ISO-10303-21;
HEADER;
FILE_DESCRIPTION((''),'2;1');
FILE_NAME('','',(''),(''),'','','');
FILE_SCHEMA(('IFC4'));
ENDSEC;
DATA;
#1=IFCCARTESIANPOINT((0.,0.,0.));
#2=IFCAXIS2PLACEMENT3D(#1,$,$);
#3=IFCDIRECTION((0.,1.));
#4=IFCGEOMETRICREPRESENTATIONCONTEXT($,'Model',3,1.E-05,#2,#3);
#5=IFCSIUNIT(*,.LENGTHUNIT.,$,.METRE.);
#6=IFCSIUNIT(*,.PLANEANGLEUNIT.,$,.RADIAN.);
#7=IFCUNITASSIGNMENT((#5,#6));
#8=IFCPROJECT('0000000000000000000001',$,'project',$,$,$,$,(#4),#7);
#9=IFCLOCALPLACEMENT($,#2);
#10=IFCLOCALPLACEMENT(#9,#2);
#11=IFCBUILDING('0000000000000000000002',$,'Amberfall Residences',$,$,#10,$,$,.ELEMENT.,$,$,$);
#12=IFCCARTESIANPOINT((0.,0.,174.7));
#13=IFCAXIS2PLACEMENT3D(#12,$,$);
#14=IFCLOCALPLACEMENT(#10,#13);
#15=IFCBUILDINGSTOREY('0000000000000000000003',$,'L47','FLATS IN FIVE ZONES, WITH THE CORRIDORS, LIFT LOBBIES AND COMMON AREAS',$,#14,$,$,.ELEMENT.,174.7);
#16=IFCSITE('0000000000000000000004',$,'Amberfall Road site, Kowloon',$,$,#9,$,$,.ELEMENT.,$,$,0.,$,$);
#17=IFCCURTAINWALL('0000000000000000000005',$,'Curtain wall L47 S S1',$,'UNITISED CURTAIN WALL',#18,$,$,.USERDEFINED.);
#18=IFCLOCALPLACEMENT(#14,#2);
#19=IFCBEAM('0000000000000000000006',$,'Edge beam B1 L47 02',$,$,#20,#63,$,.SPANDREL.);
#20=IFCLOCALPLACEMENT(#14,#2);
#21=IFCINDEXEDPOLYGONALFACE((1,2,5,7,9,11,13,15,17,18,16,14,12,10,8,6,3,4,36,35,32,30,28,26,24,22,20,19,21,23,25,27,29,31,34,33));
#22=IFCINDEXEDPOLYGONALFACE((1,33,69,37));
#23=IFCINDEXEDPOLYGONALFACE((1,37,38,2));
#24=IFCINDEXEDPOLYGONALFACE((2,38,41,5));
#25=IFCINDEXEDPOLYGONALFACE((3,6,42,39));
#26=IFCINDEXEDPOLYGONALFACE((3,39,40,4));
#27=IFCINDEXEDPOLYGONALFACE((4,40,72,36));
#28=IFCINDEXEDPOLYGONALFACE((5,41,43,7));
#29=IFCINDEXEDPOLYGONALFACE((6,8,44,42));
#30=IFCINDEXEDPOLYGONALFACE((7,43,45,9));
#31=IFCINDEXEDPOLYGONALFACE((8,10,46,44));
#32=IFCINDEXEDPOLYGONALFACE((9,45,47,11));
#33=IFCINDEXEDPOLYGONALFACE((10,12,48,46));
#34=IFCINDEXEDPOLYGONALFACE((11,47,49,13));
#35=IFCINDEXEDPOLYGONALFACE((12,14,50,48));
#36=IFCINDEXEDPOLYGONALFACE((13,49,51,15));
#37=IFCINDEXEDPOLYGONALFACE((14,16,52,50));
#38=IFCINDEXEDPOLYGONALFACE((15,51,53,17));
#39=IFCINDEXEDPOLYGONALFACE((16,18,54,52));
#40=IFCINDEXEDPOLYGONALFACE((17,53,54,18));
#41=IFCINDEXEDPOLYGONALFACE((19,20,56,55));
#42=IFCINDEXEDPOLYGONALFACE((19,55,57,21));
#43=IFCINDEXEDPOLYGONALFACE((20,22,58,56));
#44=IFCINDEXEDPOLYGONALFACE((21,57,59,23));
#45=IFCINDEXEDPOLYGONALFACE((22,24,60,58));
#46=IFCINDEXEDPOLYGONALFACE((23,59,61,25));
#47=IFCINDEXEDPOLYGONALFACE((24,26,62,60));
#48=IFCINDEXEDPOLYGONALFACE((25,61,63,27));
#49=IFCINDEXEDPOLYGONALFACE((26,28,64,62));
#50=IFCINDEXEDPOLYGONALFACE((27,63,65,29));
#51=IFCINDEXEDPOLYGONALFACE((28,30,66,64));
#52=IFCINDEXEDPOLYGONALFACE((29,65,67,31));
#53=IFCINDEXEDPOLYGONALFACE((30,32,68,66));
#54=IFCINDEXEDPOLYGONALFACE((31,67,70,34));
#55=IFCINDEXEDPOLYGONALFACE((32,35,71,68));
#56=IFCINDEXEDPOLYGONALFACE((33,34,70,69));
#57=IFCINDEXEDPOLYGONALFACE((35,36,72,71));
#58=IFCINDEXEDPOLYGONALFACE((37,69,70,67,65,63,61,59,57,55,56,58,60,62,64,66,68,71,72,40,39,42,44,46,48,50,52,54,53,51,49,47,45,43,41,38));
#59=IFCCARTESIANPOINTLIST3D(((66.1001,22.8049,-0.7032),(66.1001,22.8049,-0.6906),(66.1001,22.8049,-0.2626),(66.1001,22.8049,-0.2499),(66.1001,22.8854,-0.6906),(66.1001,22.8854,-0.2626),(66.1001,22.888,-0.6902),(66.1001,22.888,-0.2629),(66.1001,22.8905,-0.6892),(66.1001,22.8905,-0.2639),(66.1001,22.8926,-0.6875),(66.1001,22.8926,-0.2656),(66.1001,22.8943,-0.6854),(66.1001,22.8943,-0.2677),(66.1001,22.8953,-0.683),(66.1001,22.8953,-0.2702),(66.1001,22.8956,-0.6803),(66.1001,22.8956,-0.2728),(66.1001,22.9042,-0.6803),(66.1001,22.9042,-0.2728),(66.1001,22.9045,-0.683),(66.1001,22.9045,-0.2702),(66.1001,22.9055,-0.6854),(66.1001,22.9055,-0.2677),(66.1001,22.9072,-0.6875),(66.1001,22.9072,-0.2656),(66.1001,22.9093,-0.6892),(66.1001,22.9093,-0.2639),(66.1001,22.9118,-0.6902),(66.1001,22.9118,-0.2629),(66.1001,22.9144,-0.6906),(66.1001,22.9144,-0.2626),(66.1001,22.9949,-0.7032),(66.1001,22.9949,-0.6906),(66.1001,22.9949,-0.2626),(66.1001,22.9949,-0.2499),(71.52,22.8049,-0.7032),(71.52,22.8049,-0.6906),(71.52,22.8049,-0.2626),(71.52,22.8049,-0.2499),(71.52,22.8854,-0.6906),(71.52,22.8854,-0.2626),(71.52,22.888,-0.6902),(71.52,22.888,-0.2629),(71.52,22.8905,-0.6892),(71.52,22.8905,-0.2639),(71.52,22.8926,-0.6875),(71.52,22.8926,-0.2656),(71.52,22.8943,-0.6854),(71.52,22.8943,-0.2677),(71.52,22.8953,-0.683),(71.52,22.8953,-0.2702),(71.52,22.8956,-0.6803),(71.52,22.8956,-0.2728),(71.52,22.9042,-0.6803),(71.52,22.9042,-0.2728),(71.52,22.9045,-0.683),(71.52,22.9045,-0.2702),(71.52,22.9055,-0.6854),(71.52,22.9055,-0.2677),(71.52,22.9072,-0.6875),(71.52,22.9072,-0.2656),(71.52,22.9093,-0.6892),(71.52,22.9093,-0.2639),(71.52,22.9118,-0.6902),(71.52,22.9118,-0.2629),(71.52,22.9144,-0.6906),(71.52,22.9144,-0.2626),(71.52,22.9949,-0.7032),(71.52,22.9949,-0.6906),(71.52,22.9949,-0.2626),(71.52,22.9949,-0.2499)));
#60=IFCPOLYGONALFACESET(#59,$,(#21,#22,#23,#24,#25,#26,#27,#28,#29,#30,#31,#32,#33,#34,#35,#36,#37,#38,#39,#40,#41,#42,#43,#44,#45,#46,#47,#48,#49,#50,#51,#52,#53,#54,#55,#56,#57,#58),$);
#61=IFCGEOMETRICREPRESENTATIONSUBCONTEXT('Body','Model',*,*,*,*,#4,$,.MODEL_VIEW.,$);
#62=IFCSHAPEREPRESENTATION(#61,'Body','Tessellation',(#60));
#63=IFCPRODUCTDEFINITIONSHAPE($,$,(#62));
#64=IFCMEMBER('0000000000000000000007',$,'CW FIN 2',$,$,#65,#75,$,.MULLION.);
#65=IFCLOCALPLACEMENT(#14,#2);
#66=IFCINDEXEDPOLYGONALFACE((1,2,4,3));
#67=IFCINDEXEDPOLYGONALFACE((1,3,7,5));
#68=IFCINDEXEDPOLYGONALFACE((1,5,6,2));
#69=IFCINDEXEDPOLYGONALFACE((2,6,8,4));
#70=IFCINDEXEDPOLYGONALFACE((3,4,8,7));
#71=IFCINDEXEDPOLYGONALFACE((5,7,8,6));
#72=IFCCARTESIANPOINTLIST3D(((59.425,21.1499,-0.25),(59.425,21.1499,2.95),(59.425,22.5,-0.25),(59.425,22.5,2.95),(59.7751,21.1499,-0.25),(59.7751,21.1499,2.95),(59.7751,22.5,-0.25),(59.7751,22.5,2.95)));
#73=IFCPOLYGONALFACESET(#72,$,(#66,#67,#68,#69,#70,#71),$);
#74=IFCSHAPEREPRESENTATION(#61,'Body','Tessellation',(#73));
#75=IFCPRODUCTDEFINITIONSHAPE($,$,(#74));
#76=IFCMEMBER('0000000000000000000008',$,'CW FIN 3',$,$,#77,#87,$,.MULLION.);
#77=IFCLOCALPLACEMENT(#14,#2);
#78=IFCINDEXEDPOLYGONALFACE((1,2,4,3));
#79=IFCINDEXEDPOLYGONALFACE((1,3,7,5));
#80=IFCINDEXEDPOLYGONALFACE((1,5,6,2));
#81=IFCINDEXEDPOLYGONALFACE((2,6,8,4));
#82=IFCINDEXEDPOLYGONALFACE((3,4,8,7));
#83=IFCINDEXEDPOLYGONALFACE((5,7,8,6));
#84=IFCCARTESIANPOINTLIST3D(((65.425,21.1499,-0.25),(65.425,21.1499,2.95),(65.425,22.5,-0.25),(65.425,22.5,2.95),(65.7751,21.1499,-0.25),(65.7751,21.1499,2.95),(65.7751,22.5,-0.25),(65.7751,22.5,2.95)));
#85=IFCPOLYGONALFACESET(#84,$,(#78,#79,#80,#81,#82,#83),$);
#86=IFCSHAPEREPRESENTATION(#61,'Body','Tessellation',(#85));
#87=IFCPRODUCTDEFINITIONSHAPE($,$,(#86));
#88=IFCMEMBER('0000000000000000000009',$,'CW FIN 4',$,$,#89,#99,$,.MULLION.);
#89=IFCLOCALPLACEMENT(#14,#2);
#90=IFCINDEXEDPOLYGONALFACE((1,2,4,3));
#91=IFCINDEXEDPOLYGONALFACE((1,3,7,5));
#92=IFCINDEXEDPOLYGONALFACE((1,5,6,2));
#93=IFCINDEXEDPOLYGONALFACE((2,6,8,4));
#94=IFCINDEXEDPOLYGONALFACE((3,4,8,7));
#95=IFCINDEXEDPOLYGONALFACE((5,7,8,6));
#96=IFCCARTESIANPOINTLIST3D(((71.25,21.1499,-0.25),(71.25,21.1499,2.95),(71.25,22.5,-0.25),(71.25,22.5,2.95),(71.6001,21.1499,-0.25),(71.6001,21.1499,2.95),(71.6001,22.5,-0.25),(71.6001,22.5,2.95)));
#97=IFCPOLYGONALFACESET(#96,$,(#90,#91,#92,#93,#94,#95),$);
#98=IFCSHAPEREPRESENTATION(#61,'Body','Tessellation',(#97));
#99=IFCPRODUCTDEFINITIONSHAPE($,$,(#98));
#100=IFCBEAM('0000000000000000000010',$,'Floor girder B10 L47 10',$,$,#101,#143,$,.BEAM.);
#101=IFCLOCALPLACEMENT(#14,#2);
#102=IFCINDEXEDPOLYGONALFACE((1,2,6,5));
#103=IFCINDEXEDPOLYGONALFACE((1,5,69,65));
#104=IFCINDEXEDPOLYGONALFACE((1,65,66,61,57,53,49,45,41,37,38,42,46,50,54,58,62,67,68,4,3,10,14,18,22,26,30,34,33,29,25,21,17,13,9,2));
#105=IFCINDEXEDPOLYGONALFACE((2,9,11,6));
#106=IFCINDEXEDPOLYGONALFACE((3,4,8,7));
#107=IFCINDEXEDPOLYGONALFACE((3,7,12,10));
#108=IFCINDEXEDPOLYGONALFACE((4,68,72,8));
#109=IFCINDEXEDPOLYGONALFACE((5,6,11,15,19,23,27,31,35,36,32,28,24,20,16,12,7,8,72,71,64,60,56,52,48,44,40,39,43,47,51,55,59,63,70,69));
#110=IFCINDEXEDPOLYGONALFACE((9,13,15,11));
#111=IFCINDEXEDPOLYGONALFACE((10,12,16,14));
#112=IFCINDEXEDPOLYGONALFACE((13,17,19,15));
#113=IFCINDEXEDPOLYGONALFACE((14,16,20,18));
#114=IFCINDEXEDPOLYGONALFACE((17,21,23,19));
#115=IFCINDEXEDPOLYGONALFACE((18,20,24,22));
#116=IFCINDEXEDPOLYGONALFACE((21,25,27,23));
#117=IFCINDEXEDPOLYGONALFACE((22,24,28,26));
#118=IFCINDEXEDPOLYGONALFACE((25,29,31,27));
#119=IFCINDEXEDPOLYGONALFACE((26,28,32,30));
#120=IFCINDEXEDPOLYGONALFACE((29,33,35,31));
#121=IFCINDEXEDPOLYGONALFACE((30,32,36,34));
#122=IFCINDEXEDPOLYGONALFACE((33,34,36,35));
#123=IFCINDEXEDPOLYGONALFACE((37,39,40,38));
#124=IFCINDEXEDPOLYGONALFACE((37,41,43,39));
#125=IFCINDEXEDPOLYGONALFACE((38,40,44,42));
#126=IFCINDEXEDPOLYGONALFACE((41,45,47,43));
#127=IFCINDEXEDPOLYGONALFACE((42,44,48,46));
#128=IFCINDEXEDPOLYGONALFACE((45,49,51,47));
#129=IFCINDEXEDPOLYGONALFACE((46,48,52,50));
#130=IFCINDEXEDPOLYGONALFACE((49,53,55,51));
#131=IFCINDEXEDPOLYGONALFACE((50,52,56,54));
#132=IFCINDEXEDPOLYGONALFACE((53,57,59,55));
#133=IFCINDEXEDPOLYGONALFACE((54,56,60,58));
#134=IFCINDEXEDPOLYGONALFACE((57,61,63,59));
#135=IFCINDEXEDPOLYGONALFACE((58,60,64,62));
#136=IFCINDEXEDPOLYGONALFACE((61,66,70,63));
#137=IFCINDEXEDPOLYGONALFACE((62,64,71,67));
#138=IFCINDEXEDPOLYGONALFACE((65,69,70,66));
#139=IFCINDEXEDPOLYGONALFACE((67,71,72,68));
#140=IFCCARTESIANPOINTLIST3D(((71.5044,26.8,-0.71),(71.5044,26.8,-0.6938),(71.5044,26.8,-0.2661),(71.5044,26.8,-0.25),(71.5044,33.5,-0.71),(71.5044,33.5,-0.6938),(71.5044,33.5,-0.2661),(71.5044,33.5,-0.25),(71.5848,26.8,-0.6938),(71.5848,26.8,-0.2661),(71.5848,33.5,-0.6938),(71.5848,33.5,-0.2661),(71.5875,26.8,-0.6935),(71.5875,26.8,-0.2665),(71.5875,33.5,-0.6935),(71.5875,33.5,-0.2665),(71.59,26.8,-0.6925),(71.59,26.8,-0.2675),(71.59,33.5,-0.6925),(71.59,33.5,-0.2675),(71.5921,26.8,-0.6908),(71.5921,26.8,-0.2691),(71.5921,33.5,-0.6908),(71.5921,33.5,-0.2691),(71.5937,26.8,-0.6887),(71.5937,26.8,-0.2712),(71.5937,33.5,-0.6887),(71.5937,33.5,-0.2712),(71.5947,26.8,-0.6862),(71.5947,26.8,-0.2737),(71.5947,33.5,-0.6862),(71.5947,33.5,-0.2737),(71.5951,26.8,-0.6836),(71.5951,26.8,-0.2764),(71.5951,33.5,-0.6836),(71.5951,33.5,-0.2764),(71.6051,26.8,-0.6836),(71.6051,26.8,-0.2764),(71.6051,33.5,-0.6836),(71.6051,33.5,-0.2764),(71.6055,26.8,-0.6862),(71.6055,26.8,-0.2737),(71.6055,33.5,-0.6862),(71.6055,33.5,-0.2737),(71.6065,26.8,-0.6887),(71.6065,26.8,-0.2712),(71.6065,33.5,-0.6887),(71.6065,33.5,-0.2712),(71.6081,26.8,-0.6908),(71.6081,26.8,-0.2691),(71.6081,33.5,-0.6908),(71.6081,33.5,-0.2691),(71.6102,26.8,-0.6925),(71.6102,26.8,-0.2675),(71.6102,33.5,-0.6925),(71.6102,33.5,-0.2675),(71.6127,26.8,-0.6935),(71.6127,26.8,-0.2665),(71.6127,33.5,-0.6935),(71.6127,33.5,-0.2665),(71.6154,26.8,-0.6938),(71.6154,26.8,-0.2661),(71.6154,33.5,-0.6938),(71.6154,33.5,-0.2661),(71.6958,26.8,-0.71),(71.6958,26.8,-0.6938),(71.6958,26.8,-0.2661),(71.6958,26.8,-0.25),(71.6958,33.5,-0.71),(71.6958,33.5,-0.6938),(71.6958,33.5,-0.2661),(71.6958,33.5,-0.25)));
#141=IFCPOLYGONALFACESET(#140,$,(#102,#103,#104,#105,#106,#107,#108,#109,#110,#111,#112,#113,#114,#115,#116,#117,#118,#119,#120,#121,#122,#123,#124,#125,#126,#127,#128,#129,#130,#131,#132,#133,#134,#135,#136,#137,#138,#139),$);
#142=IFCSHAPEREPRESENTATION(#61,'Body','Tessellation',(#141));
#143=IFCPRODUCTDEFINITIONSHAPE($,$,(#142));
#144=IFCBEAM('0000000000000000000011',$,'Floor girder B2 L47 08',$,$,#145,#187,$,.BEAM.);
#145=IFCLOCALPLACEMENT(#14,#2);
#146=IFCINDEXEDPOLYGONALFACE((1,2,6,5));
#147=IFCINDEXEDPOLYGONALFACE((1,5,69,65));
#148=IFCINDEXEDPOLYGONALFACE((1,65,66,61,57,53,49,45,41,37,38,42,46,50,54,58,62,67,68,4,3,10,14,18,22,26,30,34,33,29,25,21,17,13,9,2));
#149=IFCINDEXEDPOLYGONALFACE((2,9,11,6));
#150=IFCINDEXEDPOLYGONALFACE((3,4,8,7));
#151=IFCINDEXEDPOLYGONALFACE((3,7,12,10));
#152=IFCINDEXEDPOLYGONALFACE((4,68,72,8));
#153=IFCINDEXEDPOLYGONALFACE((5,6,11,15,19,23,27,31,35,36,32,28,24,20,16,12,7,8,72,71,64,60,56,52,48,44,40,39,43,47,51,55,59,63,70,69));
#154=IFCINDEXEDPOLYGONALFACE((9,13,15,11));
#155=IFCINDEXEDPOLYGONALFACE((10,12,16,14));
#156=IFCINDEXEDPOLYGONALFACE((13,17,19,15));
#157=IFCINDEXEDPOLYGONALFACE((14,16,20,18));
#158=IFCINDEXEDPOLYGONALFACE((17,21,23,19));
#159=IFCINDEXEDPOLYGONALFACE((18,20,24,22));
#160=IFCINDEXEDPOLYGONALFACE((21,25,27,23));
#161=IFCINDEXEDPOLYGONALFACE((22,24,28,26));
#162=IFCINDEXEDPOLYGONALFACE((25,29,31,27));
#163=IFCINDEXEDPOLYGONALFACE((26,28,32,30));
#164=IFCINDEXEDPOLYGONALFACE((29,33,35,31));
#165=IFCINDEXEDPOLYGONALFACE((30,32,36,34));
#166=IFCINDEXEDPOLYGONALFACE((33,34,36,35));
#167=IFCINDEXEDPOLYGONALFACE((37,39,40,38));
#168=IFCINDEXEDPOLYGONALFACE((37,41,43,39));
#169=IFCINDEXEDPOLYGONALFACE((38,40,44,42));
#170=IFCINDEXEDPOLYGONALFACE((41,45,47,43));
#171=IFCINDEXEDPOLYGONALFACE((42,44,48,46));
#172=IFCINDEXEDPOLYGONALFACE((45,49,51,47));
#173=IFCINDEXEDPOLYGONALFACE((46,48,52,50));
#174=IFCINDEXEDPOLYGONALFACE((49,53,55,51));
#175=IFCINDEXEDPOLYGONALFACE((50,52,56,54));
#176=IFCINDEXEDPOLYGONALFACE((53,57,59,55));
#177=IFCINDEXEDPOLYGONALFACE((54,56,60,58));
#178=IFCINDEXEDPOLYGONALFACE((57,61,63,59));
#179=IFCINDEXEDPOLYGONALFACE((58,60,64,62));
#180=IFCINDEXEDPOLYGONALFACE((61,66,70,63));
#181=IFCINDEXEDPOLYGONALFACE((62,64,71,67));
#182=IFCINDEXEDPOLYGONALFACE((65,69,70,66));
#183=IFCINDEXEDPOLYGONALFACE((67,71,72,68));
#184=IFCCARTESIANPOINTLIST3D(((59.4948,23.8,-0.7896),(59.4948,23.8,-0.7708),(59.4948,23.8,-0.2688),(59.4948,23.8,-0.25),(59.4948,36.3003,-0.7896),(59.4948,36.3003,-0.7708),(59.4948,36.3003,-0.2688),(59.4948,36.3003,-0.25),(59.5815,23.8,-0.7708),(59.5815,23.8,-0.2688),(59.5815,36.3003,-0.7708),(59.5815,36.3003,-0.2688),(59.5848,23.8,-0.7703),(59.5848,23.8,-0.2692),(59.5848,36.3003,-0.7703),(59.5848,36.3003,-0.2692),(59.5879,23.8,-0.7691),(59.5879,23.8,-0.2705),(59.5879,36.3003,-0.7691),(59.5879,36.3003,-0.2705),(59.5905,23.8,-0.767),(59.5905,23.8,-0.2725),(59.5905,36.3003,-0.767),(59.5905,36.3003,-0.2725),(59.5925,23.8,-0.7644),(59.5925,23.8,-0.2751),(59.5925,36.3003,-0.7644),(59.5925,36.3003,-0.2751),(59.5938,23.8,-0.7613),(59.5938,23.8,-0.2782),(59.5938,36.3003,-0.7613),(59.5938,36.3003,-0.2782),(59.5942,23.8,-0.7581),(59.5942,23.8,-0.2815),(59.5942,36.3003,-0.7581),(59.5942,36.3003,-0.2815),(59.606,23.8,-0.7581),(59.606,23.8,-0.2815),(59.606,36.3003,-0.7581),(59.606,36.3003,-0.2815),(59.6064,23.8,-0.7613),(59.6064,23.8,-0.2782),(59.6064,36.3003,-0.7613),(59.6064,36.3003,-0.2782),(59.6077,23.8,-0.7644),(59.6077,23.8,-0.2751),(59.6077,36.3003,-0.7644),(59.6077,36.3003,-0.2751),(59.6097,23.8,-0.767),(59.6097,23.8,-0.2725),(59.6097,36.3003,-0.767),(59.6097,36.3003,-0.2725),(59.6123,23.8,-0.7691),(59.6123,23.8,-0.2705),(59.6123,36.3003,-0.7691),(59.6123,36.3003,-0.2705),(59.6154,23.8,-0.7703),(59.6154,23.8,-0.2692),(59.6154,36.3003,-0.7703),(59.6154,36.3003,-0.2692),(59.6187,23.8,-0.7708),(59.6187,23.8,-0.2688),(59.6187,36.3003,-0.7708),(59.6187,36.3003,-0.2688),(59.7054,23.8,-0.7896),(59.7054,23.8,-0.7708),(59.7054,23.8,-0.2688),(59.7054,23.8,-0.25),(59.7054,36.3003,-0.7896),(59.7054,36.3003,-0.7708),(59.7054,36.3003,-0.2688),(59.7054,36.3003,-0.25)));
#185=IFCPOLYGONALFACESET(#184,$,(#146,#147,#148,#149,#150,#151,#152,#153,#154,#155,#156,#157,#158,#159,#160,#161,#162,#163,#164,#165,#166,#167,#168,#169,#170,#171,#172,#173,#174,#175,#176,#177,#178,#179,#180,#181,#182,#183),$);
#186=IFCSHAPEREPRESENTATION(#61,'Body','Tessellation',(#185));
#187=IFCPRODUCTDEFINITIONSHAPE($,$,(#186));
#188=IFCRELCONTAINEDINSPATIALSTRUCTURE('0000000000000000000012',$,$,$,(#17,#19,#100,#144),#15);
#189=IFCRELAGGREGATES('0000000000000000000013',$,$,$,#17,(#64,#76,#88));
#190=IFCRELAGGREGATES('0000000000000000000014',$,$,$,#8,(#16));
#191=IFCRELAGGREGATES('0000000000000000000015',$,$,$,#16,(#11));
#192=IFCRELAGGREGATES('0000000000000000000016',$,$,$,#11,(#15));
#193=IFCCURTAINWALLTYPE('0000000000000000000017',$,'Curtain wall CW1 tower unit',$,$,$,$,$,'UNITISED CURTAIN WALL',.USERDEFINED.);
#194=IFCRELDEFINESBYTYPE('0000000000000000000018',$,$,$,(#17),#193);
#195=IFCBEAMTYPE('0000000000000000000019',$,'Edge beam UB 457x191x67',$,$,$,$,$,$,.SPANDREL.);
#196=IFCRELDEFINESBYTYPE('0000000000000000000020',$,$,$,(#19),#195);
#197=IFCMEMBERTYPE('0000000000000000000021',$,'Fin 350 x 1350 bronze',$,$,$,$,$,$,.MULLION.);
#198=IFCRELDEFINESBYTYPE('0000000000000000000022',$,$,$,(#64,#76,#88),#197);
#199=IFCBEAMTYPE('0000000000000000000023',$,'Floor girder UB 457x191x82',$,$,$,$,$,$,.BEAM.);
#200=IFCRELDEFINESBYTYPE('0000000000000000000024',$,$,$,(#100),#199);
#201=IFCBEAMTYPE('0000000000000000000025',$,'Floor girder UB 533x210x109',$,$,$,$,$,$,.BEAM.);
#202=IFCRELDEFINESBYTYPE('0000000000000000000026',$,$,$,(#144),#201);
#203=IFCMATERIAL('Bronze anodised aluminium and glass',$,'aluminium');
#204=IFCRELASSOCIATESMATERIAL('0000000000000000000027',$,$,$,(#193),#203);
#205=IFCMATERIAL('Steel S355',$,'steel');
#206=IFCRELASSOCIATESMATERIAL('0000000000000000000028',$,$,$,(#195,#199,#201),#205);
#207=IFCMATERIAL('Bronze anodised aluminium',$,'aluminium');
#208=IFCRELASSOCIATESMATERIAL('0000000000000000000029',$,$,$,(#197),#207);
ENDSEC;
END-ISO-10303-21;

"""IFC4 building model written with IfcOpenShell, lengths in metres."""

from ifc_helpers import new_model, si_unit, direction, frame, origin, origin_2d, place, context, subcontext, project, spatial, rectangle, i_section, extrude, material, material_profile, profile_set, type_object, element, aggregate, save


model = new_model("IFC4")

# Units and contexts
model_context = context("Model", 3, precision=1e-05, world=origin(), true_north=direction((0.0, 1.0)))
body_context = subcontext(model_context, "Body", "Model", "MODEL_VIEW")
ifc_project = project(units=[si_unit("LENGTHUNIT", "METRE"), si_unit("PLANEANGLEUNIT", "RADIAN")], contexts=[model_context])

# Site, building, storey
site_placement = place(None, origin())
site = spatial("IfcSite", under=ifc_project, at=site_placement, Name="Amberfall Road site, Kowloon", CompositionType="ELEMENT", RefElevation=0.0)
building_placement = place(site_placement, origin())
building = spatial("IfcBuilding", under=site, at=building_placement, Name="Amberfall Residences", CompositionType="ELEMENT")
storey_placement = place(building_placement, frame((0.0, 0.0, 174.7)))
storey = spatial("IfcBuildingStorey", under=building, at=storey_placement, Name="L47", Description="FLATS IN FIVE ZONES, WITH THE CORRIDORS, LIFT LOBBIES AND COMMON AREAS", CompositionType="ELEMENT", Elevation=174.7)

# Curtain wall
ifc_material_1 = material(Name="Bronze anodised aluminium and glass", Category="aluminium")
curtain_wall_type = type_object("IfcCurtainWallType", Name="Curtain wall CW1 tower unit", ElementType="UNITISED CURTAIN WALL", PredefinedType="USERDEFINED", material=ifc_material_1)
curtain_wall_placement = place(storey_placement, origin())
curtain_wall = element("IfcCurtainWall", 1, at=curtain_wall_placement, inside=storey, type_object=curtain_wall_type, Name="Curtain wall L47 S S1", ObjectType="UNITISED CURTAIN WALL", PredefinedType="USERDEFINED")
ifc_material_2 = material(Name="Bronze anodised aluminium", Category="aluminium")

# Beam
ifc_material_3 = material(Name="Steel S355", Category="steel")
ifc_material_profile_1 = material_profile(ifc_material_3, i_section(OverallWidth=0.1899, OverallDepth=0.4534, WebThickness=0.0085, FlangeThickness=0.0127, FilletRadius=0.0103, at=origin_2d()), Name="UB 457x191x67")
ifc_profile_set_1 = profile_set([ifc_material_profile_1], Name="Steel S355")
beam_type_1 = type_object("IfcBeamType", Name="Edge beam UB 457x191x67", PredefinedType="SPANDREL", material=ifc_profile_set_1)
beam_1_placement = place(storey_placement, frame((66.1001, 22.8999, -0.4766), z_axis=(1.0, 0.0, 0.0), x_axis=(0.0, 1.0, 0.0)))
element("IfcBeam", 2, at=beam_1_placement, inside=storey, type_object=beam_type_1, Name="Edge beam B1 L47 02", PredefinedType="SPANDREL", context=body_context, shape_type="SweptSolid", body=[
    extrude(i_section(OverallWidth=0.1899, OverallDepth=0.4534, WebThickness=0.0085, FlangeThickness=0.0127, FilletRadius=0.0103, at=origin_2d()), origin(), (0.0, 0.0, 1.0), 5.4199),
])

# Members
ifc_material_profile_2 = material_profile(ifc_material_2, rectangle(XDim=1.3501, YDim=0.3501, at=origin_2d()), Name="Fin 350 x 1350 bronze")
ifc_profile_set_2 = profile_set([ifc_material_profile_2], Name="Bronze anodised aluminium")
member_type_1 = type_object("IfcMemberType", Name="Fin 350 x 1350 bronze", PredefinedType="MULLION", material=ifc_profile_set_2)
member_1_placement = place(storey_placement, frame((59.6001, 21.825, -0.25), z_axis=(0.0, 0.0, 1.0), x_axis=(0.0, 1.0, 0.0)))
member_1 = element("IfcMember", 3, at=member_1_placement, type_object=member_type_1, Name="CW FIN 2", PredefinedType="MULLION", context=body_context, shape_type="SweptSolid", body=[
    extrude(rectangle(XDim=1.3501, YDim=0.3501, at=origin_2d()), origin(), (0.0, 0.0, 1.0), 3.2),
])
member_2_placement = place(storey_placement, frame((65.6001, 21.825, -0.25), z_axis=(0.0, 0.0, 1.0), x_axis=(0.0, 1.0, 0.0)))
member_2 = element("IfcMember", 4, at=member_2_placement, type_object=member_type_1, Name="CW FIN 3", PredefinedType="MULLION", context=body_context, shape_type="SweptSolid", body=[
    extrude(rectangle(XDim=1.3501, YDim=0.3501, at=origin_2d()), origin(), (0.0, 0.0, 1.0), 3.2),
])
member_3_placement = place(storey_placement, frame((71.425, 21.825, -0.25), z_axis=(0.0, 0.0, 1.0), x_axis=(0.0, 1.0, 0.0)))
member_3 = element("IfcMember", 5, at=member_3_placement, type_object=member_type_1, Name="CW FIN 4", PredefinedType="MULLION", context=body_context, shape_type="SweptSolid", body=[
    extrude(rectangle(XDim=1.3501, YDim=0.3501, at=origin_2d()), origin(), (0.0, 0.0, 1.0), 3.2),
])

# Beams
ifc_material_profile_3 = material_profile(ifc_material_3, i_section(OverallWidth=0.1914, OverallDepth=0.46, WebThickness=0.01, FlangeThickness=0.0161, FilletRadius=0.0103, at=origin_2d()), Name="UB 457x191x82")
ifc_profile_set_3 = profile_set([ifc_material_profile_3], Name="Steel S355")
beam_type_2 = type_object("IfcBeamType", Name="Floor girder UB 457x191x82", PredefinedType="BEAM", material=ifc_profile_set_3)
beam_2_placement = place(storey_placement, frame((71.6001, 26.8, -0.48), z_axis=(0.0, 1.0, 0.0), x_axis=(-1.0, 0.0, 0.0)))
element("IfcBeam", 6, at=beam_2_placement, inside=storey, type_object=beam_type_2, Name="Floor girder B10 L47 10", PredefinedType="BEAM", context=body_context, shape_type="SweptSolid", body=[
    extrude(i_section(OverallWidth=0.1914, OverallDepth=0.46, WebThickness=0.01, FlangeThickness=0.0161, FilletRadius=0.0103, at=origin_2d()), origin(), (0.0, 0.0, 1.0), 6.7),
])
ifc_material_profile_4 = material_profile(ifc_material_3, i_section(OverallWidth=0.2107, OverallDepth=0.5396, WebThickness=0.0117, FlangeThickness=0.0188, FilletRadius=0.0127, at=origin_2d()), Name="UB 533x210x109")
ifc_profile_set_4 = profile_set([ifc_material_profile_4], Name="Steel S355")
beam_type_3 = type_object("IfcBeamType", Name="Floor girder UB 533x210x109", PredefinedType="BEAM", material=ifc_profile_set_4)
beam_3_placement = place(storey_placement, frame((59.6001, 23.8, -0.5198), z_axis=(0.0, 1.0, 0.0), x_axis=(-1.0, 0.0, 0.0)))
element("IfcBeam", 7, at=beam_3_placement, inside=storey, type_object=beam_type_3, Name="Floor girder B2 L47 08", PredefinedType="BEAM", context=body_context, shape_type="SweptSolid", body=[
    extrude(i_section(OverallWidth=0.2107, OverallDepth=0.5396, WebThickness=0.0117, FlangeThickness=0.0188, FilletRadius=0.0127, at=origin_2d()), origin(), (0.0, 0.0, 1.0), 12.5002),
])

aggregate(curtain_wall, [member_1, member_2, member_3])

save(model, "model.ifc")
